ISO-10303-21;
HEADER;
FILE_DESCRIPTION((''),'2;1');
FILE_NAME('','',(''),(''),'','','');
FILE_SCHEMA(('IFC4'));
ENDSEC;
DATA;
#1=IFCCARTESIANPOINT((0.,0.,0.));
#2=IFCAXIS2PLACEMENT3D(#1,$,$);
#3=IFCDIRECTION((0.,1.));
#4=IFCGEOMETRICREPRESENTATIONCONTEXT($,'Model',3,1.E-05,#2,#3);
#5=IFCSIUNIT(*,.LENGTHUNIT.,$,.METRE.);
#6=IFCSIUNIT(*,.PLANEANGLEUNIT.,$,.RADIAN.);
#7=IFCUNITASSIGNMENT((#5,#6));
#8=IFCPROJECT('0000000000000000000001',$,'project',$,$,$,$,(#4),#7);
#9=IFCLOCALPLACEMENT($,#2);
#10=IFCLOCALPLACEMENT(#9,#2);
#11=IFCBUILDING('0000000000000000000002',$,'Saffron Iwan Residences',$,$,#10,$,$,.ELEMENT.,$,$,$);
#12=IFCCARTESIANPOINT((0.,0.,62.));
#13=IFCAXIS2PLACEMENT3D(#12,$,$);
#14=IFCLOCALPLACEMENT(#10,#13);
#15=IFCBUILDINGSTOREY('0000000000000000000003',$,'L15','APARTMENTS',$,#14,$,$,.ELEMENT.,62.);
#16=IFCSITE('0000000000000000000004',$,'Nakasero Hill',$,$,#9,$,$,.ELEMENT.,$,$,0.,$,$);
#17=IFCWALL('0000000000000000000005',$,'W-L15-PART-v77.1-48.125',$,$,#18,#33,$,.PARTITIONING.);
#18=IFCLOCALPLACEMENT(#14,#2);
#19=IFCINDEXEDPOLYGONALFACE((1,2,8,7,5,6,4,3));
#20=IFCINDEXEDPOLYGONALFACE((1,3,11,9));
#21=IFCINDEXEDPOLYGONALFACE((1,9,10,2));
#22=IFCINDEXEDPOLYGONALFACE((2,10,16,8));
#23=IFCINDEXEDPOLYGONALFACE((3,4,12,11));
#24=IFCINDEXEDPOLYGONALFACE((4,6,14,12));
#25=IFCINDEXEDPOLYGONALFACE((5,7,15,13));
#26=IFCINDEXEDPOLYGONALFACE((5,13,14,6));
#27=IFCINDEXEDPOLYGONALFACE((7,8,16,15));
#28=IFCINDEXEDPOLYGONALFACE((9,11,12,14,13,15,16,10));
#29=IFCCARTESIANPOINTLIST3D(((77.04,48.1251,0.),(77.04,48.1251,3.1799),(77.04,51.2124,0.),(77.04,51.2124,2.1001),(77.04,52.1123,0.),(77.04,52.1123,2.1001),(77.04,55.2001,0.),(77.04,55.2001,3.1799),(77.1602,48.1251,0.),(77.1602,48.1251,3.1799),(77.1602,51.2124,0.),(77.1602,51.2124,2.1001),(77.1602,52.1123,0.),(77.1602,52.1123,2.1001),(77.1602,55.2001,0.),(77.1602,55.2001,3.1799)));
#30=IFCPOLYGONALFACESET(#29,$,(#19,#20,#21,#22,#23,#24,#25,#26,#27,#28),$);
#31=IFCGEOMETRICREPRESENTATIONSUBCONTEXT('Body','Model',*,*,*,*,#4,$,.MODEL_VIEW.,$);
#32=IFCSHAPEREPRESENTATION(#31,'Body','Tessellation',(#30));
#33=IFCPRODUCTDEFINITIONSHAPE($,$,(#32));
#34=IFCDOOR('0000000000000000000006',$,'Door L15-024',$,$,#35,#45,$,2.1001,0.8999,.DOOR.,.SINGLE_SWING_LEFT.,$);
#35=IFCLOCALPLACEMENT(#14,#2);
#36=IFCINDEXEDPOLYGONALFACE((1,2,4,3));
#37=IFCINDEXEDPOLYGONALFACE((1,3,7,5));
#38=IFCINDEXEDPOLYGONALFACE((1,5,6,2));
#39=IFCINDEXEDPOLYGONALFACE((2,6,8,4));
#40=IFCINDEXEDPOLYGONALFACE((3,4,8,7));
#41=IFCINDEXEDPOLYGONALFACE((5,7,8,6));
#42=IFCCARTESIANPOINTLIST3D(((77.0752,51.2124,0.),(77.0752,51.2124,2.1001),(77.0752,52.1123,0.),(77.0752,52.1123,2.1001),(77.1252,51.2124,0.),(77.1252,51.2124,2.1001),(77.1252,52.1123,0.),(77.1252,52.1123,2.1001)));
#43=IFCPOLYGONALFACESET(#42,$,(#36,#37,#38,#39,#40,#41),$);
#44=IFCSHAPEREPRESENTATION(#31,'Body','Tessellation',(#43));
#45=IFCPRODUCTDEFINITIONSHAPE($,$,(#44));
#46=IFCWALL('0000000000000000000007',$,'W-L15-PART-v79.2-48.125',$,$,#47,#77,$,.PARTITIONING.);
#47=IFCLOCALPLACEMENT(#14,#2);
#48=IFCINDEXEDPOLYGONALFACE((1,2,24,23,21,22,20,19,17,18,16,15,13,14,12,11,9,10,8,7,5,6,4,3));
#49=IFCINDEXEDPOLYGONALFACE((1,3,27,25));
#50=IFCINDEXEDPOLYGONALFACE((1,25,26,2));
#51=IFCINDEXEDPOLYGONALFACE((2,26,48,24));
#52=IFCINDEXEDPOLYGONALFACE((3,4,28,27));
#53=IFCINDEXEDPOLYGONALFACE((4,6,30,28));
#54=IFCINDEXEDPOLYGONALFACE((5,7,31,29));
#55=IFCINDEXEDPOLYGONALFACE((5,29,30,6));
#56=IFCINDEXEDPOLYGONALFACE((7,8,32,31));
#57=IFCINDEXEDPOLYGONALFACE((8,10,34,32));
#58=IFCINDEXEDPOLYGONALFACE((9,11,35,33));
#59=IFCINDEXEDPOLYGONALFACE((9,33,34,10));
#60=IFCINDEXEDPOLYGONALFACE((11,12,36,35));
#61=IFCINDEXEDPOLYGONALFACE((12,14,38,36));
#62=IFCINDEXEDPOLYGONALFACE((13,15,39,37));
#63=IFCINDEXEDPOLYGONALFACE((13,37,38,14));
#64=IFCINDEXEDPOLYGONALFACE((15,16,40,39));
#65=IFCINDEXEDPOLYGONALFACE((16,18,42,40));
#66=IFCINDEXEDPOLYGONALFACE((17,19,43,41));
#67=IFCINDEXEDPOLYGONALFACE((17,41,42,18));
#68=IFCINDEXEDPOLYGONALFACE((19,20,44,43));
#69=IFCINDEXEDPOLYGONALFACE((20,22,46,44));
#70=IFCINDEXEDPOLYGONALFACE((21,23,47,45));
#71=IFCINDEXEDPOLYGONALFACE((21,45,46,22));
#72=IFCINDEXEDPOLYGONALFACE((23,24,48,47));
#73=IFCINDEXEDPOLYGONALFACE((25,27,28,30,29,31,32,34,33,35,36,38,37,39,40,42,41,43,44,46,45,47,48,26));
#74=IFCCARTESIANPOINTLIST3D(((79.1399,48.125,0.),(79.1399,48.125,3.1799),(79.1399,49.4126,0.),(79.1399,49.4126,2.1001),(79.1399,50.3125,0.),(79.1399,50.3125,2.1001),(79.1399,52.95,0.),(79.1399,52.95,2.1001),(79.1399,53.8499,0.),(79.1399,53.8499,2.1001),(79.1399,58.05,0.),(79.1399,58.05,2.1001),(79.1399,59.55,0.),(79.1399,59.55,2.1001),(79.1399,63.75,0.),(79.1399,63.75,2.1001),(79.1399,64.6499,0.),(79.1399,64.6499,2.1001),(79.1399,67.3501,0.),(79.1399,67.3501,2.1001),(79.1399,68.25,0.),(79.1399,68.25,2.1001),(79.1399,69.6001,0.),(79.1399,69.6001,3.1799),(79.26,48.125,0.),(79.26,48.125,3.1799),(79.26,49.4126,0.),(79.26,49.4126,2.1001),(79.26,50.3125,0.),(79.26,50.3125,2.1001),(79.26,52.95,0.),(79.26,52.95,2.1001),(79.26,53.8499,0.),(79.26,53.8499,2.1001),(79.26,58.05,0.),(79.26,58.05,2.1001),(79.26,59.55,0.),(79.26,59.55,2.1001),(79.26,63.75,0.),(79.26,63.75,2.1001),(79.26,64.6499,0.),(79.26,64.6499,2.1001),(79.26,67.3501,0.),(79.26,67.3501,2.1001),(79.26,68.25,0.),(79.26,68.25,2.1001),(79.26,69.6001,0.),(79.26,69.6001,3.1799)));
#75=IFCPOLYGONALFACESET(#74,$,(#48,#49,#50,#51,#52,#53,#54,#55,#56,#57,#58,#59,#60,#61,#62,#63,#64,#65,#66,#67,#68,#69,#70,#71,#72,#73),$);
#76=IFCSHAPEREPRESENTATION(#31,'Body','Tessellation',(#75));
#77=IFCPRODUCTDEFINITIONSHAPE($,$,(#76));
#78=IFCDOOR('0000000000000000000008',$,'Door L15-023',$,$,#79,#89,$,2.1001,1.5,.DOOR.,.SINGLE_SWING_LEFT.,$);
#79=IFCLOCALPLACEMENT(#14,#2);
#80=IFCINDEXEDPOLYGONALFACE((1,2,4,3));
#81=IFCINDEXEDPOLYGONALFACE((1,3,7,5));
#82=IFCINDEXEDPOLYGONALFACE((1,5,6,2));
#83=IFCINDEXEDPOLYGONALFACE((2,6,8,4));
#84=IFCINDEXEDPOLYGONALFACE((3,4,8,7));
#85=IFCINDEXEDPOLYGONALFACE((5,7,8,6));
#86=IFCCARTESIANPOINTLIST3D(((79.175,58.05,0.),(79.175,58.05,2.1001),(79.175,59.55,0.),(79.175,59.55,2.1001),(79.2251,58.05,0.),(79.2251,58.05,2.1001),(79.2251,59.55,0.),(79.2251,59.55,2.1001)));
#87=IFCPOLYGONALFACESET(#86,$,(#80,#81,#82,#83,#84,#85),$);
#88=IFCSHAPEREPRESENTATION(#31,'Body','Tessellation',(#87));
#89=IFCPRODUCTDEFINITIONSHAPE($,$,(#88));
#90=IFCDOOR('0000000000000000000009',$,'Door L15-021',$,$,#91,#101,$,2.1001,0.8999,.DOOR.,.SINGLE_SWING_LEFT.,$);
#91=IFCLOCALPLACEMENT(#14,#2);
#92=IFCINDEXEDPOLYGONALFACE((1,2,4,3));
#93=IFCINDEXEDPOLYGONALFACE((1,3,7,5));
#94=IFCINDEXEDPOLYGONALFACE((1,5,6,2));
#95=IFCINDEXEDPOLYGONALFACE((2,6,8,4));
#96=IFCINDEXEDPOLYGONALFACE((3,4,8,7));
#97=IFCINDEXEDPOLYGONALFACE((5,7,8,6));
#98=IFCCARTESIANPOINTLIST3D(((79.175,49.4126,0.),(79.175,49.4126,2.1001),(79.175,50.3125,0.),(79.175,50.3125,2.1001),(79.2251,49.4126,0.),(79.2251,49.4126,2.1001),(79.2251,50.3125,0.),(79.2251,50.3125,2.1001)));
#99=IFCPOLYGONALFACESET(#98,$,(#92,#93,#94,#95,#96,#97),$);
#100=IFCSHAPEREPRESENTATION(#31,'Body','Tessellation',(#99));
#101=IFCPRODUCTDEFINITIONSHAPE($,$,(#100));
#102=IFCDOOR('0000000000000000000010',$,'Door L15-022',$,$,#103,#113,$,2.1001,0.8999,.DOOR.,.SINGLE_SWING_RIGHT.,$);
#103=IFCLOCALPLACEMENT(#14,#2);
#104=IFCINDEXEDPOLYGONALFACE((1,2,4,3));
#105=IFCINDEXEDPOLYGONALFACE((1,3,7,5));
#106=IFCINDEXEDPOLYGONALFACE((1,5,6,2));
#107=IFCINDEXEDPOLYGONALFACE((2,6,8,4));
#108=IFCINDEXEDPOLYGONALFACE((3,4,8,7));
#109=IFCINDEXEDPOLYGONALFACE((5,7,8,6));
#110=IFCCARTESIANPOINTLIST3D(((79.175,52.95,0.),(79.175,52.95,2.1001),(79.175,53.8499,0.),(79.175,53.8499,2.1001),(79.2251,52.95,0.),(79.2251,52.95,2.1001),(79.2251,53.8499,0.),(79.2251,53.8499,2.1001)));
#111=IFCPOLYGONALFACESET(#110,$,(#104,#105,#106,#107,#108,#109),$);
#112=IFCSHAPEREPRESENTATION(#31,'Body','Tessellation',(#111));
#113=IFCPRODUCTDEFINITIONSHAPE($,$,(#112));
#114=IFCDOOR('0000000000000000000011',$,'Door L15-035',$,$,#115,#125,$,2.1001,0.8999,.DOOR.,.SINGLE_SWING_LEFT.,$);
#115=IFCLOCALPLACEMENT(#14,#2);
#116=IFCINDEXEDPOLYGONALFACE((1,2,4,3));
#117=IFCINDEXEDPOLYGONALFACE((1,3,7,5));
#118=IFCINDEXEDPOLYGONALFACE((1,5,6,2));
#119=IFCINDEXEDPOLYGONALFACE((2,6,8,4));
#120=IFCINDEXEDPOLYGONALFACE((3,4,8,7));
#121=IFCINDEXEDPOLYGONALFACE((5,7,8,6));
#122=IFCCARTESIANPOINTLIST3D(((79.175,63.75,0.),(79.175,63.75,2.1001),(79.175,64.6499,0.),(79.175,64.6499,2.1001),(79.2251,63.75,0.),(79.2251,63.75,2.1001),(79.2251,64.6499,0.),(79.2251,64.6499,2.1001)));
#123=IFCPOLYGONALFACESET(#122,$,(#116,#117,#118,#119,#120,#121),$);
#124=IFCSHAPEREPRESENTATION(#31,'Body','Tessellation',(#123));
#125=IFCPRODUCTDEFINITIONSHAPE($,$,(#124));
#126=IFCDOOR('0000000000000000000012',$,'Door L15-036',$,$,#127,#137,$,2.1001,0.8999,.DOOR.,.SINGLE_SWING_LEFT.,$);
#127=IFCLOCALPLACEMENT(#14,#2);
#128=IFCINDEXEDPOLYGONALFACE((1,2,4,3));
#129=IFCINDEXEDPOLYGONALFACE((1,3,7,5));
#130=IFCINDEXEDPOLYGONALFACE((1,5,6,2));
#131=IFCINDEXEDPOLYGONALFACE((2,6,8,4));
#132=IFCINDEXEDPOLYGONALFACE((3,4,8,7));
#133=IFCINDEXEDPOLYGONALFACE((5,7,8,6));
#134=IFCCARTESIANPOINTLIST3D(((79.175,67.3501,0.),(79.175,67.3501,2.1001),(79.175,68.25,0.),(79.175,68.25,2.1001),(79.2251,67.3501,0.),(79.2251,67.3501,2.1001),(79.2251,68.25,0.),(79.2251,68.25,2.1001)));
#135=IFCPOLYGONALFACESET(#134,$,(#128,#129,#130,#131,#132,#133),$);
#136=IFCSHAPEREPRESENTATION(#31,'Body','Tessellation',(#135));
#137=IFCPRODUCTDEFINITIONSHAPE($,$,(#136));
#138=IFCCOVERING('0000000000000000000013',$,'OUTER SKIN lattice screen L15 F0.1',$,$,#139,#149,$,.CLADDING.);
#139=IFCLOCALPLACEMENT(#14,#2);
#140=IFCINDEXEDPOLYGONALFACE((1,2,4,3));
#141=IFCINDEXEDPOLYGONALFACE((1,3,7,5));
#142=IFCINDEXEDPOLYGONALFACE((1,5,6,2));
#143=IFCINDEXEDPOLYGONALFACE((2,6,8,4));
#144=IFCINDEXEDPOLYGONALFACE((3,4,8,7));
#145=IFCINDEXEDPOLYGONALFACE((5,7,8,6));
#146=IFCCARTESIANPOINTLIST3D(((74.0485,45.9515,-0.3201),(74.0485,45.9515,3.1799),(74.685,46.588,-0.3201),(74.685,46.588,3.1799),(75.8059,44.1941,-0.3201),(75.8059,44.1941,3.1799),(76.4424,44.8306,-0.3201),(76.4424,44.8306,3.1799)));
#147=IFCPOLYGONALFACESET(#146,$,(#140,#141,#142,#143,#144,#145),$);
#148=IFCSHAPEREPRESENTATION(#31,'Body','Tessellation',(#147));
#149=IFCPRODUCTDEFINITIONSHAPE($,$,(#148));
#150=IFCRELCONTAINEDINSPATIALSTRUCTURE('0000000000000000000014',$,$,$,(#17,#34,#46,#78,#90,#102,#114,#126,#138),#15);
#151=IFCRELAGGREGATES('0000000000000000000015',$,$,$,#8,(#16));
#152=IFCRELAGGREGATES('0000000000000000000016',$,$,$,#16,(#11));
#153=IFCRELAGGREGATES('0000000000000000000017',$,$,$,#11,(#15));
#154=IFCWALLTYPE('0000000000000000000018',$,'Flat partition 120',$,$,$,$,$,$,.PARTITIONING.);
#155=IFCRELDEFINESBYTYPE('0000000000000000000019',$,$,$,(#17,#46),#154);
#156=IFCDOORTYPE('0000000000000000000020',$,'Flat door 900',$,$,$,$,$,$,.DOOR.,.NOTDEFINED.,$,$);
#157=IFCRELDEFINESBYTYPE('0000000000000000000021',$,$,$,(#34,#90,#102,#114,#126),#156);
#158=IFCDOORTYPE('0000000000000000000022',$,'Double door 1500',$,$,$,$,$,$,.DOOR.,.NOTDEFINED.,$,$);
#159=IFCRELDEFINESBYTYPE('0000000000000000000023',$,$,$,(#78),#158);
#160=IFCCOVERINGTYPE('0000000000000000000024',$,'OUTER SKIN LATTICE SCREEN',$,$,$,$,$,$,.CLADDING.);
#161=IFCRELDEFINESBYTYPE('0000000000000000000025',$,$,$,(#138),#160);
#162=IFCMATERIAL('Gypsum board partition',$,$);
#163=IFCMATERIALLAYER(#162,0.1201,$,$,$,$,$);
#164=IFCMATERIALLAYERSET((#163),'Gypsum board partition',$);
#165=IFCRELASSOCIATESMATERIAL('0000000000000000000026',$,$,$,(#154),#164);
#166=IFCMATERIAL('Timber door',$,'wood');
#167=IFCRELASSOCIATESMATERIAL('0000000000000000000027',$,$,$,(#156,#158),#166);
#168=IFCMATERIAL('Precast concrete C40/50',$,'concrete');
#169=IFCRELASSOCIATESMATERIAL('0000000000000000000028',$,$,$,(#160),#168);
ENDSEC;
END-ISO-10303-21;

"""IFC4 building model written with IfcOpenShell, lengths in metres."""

from ifc_helpers import new_model, si_unit, direction, frame, frame_2d, origin, place, context, subcontext, project, spatial, polyline, rectangle, outline, extrude, material, layer, layer_set, type_object, element, fill, save


model = new_model("IFC4")

# Units and contexts
model_context = context("Model", 3, precision=1e-05, world=origin(), true_north=direction((0.0, 1.0)))
body_context = subcontext(model_context, "Body", "Model", "MODEL_VIEW")
ifc_project = project(units=[si_unit("LENGTHUNIT", "METRE"), si_unit("PLANEANGLEUNIT", "RADIAN")], contexts=[model_context])

# Site, building, storey
site_placement = place(None, origin())
site = spatial("IfcSite", under=ifc_project, at=site_placement, Name="Nakasero Hill", CompositionType="ELEMENT", RefElevation=0.0)
building_placement = place(site_placement, origin())
building = spatial("IfcBuilding", under=site, at=building_placement, Name="Saffron Iwan Residences", CompositionType="ELEMENT")
storey_placement = place(building_placement, frame((0.0, 0.0, 62.0)))
storey = spatial("IfcBuildingStorey", under=building, at=storey_placement, Name="L15", Description="APARTMENTS", CompositionType="ELEMENT", Elevation=62.0)

# Shared definitions
ifc_material_1 = material(Name="Gypsum board partition")
ifc_layer_1 = layer(ifc_material_1, 0.1201)
ifc_layer_set_1 = layer_set([ifc_layer_1], Name="Gypsum board partition")
wall_type_1 = type_object("IfcWallType", Name="Flat partition 120", PredefinedType="PARTITIONING", material=ifc_layer_set_1)

# Wall, opening, door
wall_1_placement = place(storey_placement, frame((77.1001, 48.125, 0.0), z_axis=(0.0, 0.0, 1.0), x_axis=(0.0, 1.0, 0.0)))
wall_1 = element("IfcWall", 1, at=wall_1_placement, inside=storey, type_object=wall_type_1, Name="W-L15-PART-v77.1-48.125", PredefinedType="PARTITIONING", context=body_context, shape_type="SweptSolid", body=[
    extrude(rectangle(XDim=7.075, YDim=0.1201, at=frame_2d((3.5376, 0.0))), origin(), (0.0, 0.0, 1.0), 3.1799),
])
opening_1_placement = place(wall_1_placement, frame((3.0874, 0.0, 0.0)))
opening_1 = element("IfcOpeningElement", 2, at=opening_1_placement, cuts=wall_1, PredefinedType="OPENING", context=body_context, shape_type="SweptSolid", body=[
    extrude(rectangle(XDim=0.8999, YDim=2.1001, at=frame_2d((0.45, 1.05))), frame((0.0, 0.0701, 0.0), z_axis=(0.0, -1.0, 0.0), x_axis=(1.0, 0.0, 0.0)), (0.0, 0.0, 1.0), 0.1401),
])
ifc_material_2 = material(Name="Timber door", Category="wood")
door_type_1 = type_object("IfcDoorType", Name="Flat door 900", OperationType="NOTDEFINED", PredefinedType="DOOR", material=ifc_material_2)
door_1_placement = place(opening_1_placement, origin())
door_1 = element("IfcDoor", 3, at=door_1_placement, inside=storey, type_object=door_type_1, Name="Door L15-024", OperationType="SINGLE_SWING_LEFT", OverallHeight=2.1001, OverallWidth=0.8999, PredefinedType="DOOR", context=body_context, shape_type="SweptSolid", body=[
    extrude(rectangle(XDim=0.8999, YDim=2.1001, at=frame_2d((0.45, 1.05))), frame((0.0, 0.0249, 0.0), z_axis=(0.0, -1.0, 0.0), x_axis=(1.0, 0.0, 0.0)), (0.0, 0.0, 1.0), 0.05),
])
fill(opening_1, door_1)

# Wall, openings, doors
wall_2_placement = place(storey_placement, frame((79.2, 48.125, 0.0), z_axis=(0.0, 0.0, 1.0), x_axis=(0.0, 1.0, 0.0)))
wall_2 = element("IfcWall", 4, at=wall_2_placement, inside=storey, type_object=wall_type_1, Name="W-L15-PART-v79.2-48.125", PredefinedType="PARTITIONING", context=body_context, shape_type="SweptSolid", body=[
    extrude(rectangle(XDim=21.4751, YDim=0.1201, at=frame_2d((10.7375, 0.0))), origin(), (0.0, 0.0, 1.0), 3.1799),
])
opening_2_placement = place(wall_2_placement, frame((1.2876, 0.0, 0.0)))
opening_2 = element("IfcOpeningElement", 5, at=opening_2_placement, cuts=wall_2, PredefinedType="OPENING", context=body_context, shape_type="SweptSolid", body=[
    extrude(rectangle(XDim=0.8999, YDim=2.1001, at=frame_2d((0.45, 1.05))), frame((0.0, 0.0701, 0.0), z_axis=(0.0, -1.0, 0.0), x_axis=(1.0, 0.0, 0.0)), (0.0, 0.0, 1.0), 0.1401),
])
opening_3_placement = place(wall_2_placement, frame((4.825, 0.0, 0.0)))
opening_3 = element("IfcOpeningElement", 6, at=opening_3_placement, cuts=wall_2, PredefinedType="OPENING", context=body_context, shape_type="SweptSolid", body=[
    extrude(rectangle(XDim=0.8999, YDim=2.1001, at=frame_2d((0.45, 1.05))), frame((0.0, 0.0701, 0.0), z_axis=(0.0, -1.0, 0.0), x_axis=(1.0, 0.0, 0.0)), (0.0, 0.0, 1.0), 0.1401),
])
opening_4_placement = place(wall_2_placement, frame((9.925, 0.0, 0.0)))
opening_4 = element("IfcOpeningElement", 7, at=opening_4_placement, cuts=wall_2, PredefinedType="OPENING", context=body_context, shape_type="SweptSolid", body=[
    extrude(rectangle(XDim=1.5, YDim=2.1001, at=frame_2d((0.75, 1.05))), frame((0.0, 0.0701, 0.0), z_axis=(0.0, -1.0, 0.0), x_axis=(1.0, 0.0, 0.0)), (0.0, 0.0, 1.0), 0.1401),
])
opening_5_placement = place(wall_2_placement, frame((15.625, 0.0, 0.0)))
opening_5 = element("IfcOpeningElement", 8, at=opening_5_placement, cuts=wall_2, PredefinedType="OPENING", context=body_context, shape_type="SweptSolid", body=[
    extrude(rectangle(XDim=0.8999, YDim=2.1001, at=frame_2d((0.45, 1.05))), frame((0.0, 0.0701, 0.0), z_axis=(0.0, -1.0, 0.0), x_axis=(1.0, 0.0, 0.0)), (0.0, 0.0, 1.0), 0.1401),
])
opening_6_placement = place(wall_2_placement, frame((19.2251, 0.0, 0.0)))
opening_6 = element("IfcOpeningElement", 9, at=opening_6_placement, cuts=wall_2, PredefinedType="OPENING", context=body_context, shape_type="SweptSolid", body=[
    extrude(rectangle(XDim=0.8999, YDim=2.1001, at=frame_2d((0.45, 1.05))), frame((0.0, 0.0701, 0.0), z_axis=(0.0, -1.0, 0.0), x_axis=(1.0, 0.0, 0.0)), (0.0, 0.0, 1.0), 0.1401),
])
door_type_2 = type_object("IfcDoorType", Name="Double door 1500", OperationType="NOTDEFINED", PredefinedType="DOOR", material=ifc_material_2)
door_2_placement = place(opening_4_placement, origin())
door_2 = element("IfcDoor", 10, at=door_2_placement, inside=storey, type_object=door_type_2, Name="Door L15-023", OperationType="SINGLE_SWING_LEFT", OverallHeight=2.1001, OverallWidth=1.5, PredefinedType="DOOR", context=body_context, shape_type="SweptSolid", body=[
    extrude(rectangle(XDim=1.5, YDim=2.1001, at=frame_2d((0.75, 1.05))), frame((0.0, 0.0249, 0.0), z_axis=(0.0, -1.0, 0.0), x_axis=(1.0, 0.0, 0.0)), (0.0, 0.0, 1.0), 0.05),
])
fill(opening_4, door_2)
door_3_placement = place(opening_2_placement, origin())
door_3 = element("IfcDoor", 11, at=door_3_placement, inside=storey, type_object=door_type_1, Name="Door L15-021", OperationType="SINGLE_SWING_LEFT", OverallHeight=2.1001, OverallWidth=0.8999, PredefinedType="DOOR", context=body_context, shape_type="SweptSolid", body=[
    extrude(rectangle(XDim=0.8999, YDim=2.1001, at=frame_2d((0.45, 1.05))), frame((0.0, 0.0249, 0.0), z_axis=(0.0, -1.0, 0.0), x_axis=(1.0, 0.0, 0.0)), (0.0, 0.0, 1.0), 0.05),
])
fill(opening_2, door_3)
door_4_placement = place(opening_3_placement, origin())
door_4 = element("IfcDoor", 12, at=door_4_placement, inside=storey, type_object=door_type_1, Name="Door L15-022", OperationType="SINGLE_SWING_RIGHT", OverallHeight=2.1001, OverallWidth=0.8999, PredefinedType="DOOR", context=body_context, shape_type="SweptSolid", body=[
    extrude(rectangle(XDim=0.8999, YDim=2.1001, at=frame_2d((0.45, 1.05))), frame((0.0, 0.0249, 0.0), z_axis=(0.0, -1.0, 0.0), x_axis=(1.0, 0.0, 0.0)), (0.0, 0.0, 1.0), 0.05),
])
fill(opening_3, door_4)
door_5_placement = place(opening_5_placement, origin())
door_5 = element("IfcDoor", 13, at=door_5_placement, inside=storey, type_object=door_type_1, Name="Door L15-035", OperationType="SINGLE_SWING_LEFT", OverallHeight=2.1001, OverallWidth=0.8999, PredefinedType="DOOR", context=body_context, shape_type="SweptSolid", body=[
    extrude(rectangle(XDim=0.8999, YDim=2.1001, at=frame_2d((0.45, 1.05))), frame((0.0, 0.0249, 0.0), z_axis=(0.0, -1.0, 0.0), x_axis=(1.0, 0.0, 0.0)), (0.0, 0.0, 1.0), 0.05),
])
fill(opening_5, door_5)
door_6_placement = place(opening_6_placement, origin())
door_6 = element("IfcDoor", 14, at=door_6_placement, inside=storey, type_object=door_type_1, Name="Door L15-036", OperationType="SINGLE_SWING_LEFT", OverallHeight=2.1001, OverallWidth=0.8999, PredefinedType="DOOR", context=body_context, shape_type="SweptSolid", body=[
    extrude(rectangle(XDim=0.8999, YDim=2.1001, at=frame_2d((0.45, 1.05))), frame((0.0, 0.0249, 0.0), z_axis=(0.0, -1.0, 0.0), x_axis=(1.0, 0.0, 0.0)), (0.0, 0.0, 1.0), 0.05),
])
fill(opening_6, door_6)

# Covering
ifc_material_3 = material(Name="Precast concrete C40/50", Category="concrete")
covering_type = type_object("IfcCoveringType", Name="OUTER SKIN LATTICE SCREEN", PredefinedType="CLADDING", material=ifc_material_3)
covering_1_placement = place(storey_placement, frame((75.8059, 44.1941, -0.3201), z_axis=(0.707107, 0.707107, 0.0), x_axis=(-0.707107, 0.707107, 0.0)))
element("IfcCovering", 15, at=covering_1_placement, inside=storey, type_object=covering_type, Name="OUTER SKIN lattice screen L15 F0.1", PredefinedType="CLADDING", context=body_context, shape_type="SweptSolid", body=[
    extrude(outline(polyline([(0.0, 0.0), (2.4854, 0.0), (2.4854, 3.5), (0.0, 3.5), (0.0, 0.0)])), origin(), (0.0, 0.0, 1.0), 0.9001),
])

save(model, "model.ifc")
